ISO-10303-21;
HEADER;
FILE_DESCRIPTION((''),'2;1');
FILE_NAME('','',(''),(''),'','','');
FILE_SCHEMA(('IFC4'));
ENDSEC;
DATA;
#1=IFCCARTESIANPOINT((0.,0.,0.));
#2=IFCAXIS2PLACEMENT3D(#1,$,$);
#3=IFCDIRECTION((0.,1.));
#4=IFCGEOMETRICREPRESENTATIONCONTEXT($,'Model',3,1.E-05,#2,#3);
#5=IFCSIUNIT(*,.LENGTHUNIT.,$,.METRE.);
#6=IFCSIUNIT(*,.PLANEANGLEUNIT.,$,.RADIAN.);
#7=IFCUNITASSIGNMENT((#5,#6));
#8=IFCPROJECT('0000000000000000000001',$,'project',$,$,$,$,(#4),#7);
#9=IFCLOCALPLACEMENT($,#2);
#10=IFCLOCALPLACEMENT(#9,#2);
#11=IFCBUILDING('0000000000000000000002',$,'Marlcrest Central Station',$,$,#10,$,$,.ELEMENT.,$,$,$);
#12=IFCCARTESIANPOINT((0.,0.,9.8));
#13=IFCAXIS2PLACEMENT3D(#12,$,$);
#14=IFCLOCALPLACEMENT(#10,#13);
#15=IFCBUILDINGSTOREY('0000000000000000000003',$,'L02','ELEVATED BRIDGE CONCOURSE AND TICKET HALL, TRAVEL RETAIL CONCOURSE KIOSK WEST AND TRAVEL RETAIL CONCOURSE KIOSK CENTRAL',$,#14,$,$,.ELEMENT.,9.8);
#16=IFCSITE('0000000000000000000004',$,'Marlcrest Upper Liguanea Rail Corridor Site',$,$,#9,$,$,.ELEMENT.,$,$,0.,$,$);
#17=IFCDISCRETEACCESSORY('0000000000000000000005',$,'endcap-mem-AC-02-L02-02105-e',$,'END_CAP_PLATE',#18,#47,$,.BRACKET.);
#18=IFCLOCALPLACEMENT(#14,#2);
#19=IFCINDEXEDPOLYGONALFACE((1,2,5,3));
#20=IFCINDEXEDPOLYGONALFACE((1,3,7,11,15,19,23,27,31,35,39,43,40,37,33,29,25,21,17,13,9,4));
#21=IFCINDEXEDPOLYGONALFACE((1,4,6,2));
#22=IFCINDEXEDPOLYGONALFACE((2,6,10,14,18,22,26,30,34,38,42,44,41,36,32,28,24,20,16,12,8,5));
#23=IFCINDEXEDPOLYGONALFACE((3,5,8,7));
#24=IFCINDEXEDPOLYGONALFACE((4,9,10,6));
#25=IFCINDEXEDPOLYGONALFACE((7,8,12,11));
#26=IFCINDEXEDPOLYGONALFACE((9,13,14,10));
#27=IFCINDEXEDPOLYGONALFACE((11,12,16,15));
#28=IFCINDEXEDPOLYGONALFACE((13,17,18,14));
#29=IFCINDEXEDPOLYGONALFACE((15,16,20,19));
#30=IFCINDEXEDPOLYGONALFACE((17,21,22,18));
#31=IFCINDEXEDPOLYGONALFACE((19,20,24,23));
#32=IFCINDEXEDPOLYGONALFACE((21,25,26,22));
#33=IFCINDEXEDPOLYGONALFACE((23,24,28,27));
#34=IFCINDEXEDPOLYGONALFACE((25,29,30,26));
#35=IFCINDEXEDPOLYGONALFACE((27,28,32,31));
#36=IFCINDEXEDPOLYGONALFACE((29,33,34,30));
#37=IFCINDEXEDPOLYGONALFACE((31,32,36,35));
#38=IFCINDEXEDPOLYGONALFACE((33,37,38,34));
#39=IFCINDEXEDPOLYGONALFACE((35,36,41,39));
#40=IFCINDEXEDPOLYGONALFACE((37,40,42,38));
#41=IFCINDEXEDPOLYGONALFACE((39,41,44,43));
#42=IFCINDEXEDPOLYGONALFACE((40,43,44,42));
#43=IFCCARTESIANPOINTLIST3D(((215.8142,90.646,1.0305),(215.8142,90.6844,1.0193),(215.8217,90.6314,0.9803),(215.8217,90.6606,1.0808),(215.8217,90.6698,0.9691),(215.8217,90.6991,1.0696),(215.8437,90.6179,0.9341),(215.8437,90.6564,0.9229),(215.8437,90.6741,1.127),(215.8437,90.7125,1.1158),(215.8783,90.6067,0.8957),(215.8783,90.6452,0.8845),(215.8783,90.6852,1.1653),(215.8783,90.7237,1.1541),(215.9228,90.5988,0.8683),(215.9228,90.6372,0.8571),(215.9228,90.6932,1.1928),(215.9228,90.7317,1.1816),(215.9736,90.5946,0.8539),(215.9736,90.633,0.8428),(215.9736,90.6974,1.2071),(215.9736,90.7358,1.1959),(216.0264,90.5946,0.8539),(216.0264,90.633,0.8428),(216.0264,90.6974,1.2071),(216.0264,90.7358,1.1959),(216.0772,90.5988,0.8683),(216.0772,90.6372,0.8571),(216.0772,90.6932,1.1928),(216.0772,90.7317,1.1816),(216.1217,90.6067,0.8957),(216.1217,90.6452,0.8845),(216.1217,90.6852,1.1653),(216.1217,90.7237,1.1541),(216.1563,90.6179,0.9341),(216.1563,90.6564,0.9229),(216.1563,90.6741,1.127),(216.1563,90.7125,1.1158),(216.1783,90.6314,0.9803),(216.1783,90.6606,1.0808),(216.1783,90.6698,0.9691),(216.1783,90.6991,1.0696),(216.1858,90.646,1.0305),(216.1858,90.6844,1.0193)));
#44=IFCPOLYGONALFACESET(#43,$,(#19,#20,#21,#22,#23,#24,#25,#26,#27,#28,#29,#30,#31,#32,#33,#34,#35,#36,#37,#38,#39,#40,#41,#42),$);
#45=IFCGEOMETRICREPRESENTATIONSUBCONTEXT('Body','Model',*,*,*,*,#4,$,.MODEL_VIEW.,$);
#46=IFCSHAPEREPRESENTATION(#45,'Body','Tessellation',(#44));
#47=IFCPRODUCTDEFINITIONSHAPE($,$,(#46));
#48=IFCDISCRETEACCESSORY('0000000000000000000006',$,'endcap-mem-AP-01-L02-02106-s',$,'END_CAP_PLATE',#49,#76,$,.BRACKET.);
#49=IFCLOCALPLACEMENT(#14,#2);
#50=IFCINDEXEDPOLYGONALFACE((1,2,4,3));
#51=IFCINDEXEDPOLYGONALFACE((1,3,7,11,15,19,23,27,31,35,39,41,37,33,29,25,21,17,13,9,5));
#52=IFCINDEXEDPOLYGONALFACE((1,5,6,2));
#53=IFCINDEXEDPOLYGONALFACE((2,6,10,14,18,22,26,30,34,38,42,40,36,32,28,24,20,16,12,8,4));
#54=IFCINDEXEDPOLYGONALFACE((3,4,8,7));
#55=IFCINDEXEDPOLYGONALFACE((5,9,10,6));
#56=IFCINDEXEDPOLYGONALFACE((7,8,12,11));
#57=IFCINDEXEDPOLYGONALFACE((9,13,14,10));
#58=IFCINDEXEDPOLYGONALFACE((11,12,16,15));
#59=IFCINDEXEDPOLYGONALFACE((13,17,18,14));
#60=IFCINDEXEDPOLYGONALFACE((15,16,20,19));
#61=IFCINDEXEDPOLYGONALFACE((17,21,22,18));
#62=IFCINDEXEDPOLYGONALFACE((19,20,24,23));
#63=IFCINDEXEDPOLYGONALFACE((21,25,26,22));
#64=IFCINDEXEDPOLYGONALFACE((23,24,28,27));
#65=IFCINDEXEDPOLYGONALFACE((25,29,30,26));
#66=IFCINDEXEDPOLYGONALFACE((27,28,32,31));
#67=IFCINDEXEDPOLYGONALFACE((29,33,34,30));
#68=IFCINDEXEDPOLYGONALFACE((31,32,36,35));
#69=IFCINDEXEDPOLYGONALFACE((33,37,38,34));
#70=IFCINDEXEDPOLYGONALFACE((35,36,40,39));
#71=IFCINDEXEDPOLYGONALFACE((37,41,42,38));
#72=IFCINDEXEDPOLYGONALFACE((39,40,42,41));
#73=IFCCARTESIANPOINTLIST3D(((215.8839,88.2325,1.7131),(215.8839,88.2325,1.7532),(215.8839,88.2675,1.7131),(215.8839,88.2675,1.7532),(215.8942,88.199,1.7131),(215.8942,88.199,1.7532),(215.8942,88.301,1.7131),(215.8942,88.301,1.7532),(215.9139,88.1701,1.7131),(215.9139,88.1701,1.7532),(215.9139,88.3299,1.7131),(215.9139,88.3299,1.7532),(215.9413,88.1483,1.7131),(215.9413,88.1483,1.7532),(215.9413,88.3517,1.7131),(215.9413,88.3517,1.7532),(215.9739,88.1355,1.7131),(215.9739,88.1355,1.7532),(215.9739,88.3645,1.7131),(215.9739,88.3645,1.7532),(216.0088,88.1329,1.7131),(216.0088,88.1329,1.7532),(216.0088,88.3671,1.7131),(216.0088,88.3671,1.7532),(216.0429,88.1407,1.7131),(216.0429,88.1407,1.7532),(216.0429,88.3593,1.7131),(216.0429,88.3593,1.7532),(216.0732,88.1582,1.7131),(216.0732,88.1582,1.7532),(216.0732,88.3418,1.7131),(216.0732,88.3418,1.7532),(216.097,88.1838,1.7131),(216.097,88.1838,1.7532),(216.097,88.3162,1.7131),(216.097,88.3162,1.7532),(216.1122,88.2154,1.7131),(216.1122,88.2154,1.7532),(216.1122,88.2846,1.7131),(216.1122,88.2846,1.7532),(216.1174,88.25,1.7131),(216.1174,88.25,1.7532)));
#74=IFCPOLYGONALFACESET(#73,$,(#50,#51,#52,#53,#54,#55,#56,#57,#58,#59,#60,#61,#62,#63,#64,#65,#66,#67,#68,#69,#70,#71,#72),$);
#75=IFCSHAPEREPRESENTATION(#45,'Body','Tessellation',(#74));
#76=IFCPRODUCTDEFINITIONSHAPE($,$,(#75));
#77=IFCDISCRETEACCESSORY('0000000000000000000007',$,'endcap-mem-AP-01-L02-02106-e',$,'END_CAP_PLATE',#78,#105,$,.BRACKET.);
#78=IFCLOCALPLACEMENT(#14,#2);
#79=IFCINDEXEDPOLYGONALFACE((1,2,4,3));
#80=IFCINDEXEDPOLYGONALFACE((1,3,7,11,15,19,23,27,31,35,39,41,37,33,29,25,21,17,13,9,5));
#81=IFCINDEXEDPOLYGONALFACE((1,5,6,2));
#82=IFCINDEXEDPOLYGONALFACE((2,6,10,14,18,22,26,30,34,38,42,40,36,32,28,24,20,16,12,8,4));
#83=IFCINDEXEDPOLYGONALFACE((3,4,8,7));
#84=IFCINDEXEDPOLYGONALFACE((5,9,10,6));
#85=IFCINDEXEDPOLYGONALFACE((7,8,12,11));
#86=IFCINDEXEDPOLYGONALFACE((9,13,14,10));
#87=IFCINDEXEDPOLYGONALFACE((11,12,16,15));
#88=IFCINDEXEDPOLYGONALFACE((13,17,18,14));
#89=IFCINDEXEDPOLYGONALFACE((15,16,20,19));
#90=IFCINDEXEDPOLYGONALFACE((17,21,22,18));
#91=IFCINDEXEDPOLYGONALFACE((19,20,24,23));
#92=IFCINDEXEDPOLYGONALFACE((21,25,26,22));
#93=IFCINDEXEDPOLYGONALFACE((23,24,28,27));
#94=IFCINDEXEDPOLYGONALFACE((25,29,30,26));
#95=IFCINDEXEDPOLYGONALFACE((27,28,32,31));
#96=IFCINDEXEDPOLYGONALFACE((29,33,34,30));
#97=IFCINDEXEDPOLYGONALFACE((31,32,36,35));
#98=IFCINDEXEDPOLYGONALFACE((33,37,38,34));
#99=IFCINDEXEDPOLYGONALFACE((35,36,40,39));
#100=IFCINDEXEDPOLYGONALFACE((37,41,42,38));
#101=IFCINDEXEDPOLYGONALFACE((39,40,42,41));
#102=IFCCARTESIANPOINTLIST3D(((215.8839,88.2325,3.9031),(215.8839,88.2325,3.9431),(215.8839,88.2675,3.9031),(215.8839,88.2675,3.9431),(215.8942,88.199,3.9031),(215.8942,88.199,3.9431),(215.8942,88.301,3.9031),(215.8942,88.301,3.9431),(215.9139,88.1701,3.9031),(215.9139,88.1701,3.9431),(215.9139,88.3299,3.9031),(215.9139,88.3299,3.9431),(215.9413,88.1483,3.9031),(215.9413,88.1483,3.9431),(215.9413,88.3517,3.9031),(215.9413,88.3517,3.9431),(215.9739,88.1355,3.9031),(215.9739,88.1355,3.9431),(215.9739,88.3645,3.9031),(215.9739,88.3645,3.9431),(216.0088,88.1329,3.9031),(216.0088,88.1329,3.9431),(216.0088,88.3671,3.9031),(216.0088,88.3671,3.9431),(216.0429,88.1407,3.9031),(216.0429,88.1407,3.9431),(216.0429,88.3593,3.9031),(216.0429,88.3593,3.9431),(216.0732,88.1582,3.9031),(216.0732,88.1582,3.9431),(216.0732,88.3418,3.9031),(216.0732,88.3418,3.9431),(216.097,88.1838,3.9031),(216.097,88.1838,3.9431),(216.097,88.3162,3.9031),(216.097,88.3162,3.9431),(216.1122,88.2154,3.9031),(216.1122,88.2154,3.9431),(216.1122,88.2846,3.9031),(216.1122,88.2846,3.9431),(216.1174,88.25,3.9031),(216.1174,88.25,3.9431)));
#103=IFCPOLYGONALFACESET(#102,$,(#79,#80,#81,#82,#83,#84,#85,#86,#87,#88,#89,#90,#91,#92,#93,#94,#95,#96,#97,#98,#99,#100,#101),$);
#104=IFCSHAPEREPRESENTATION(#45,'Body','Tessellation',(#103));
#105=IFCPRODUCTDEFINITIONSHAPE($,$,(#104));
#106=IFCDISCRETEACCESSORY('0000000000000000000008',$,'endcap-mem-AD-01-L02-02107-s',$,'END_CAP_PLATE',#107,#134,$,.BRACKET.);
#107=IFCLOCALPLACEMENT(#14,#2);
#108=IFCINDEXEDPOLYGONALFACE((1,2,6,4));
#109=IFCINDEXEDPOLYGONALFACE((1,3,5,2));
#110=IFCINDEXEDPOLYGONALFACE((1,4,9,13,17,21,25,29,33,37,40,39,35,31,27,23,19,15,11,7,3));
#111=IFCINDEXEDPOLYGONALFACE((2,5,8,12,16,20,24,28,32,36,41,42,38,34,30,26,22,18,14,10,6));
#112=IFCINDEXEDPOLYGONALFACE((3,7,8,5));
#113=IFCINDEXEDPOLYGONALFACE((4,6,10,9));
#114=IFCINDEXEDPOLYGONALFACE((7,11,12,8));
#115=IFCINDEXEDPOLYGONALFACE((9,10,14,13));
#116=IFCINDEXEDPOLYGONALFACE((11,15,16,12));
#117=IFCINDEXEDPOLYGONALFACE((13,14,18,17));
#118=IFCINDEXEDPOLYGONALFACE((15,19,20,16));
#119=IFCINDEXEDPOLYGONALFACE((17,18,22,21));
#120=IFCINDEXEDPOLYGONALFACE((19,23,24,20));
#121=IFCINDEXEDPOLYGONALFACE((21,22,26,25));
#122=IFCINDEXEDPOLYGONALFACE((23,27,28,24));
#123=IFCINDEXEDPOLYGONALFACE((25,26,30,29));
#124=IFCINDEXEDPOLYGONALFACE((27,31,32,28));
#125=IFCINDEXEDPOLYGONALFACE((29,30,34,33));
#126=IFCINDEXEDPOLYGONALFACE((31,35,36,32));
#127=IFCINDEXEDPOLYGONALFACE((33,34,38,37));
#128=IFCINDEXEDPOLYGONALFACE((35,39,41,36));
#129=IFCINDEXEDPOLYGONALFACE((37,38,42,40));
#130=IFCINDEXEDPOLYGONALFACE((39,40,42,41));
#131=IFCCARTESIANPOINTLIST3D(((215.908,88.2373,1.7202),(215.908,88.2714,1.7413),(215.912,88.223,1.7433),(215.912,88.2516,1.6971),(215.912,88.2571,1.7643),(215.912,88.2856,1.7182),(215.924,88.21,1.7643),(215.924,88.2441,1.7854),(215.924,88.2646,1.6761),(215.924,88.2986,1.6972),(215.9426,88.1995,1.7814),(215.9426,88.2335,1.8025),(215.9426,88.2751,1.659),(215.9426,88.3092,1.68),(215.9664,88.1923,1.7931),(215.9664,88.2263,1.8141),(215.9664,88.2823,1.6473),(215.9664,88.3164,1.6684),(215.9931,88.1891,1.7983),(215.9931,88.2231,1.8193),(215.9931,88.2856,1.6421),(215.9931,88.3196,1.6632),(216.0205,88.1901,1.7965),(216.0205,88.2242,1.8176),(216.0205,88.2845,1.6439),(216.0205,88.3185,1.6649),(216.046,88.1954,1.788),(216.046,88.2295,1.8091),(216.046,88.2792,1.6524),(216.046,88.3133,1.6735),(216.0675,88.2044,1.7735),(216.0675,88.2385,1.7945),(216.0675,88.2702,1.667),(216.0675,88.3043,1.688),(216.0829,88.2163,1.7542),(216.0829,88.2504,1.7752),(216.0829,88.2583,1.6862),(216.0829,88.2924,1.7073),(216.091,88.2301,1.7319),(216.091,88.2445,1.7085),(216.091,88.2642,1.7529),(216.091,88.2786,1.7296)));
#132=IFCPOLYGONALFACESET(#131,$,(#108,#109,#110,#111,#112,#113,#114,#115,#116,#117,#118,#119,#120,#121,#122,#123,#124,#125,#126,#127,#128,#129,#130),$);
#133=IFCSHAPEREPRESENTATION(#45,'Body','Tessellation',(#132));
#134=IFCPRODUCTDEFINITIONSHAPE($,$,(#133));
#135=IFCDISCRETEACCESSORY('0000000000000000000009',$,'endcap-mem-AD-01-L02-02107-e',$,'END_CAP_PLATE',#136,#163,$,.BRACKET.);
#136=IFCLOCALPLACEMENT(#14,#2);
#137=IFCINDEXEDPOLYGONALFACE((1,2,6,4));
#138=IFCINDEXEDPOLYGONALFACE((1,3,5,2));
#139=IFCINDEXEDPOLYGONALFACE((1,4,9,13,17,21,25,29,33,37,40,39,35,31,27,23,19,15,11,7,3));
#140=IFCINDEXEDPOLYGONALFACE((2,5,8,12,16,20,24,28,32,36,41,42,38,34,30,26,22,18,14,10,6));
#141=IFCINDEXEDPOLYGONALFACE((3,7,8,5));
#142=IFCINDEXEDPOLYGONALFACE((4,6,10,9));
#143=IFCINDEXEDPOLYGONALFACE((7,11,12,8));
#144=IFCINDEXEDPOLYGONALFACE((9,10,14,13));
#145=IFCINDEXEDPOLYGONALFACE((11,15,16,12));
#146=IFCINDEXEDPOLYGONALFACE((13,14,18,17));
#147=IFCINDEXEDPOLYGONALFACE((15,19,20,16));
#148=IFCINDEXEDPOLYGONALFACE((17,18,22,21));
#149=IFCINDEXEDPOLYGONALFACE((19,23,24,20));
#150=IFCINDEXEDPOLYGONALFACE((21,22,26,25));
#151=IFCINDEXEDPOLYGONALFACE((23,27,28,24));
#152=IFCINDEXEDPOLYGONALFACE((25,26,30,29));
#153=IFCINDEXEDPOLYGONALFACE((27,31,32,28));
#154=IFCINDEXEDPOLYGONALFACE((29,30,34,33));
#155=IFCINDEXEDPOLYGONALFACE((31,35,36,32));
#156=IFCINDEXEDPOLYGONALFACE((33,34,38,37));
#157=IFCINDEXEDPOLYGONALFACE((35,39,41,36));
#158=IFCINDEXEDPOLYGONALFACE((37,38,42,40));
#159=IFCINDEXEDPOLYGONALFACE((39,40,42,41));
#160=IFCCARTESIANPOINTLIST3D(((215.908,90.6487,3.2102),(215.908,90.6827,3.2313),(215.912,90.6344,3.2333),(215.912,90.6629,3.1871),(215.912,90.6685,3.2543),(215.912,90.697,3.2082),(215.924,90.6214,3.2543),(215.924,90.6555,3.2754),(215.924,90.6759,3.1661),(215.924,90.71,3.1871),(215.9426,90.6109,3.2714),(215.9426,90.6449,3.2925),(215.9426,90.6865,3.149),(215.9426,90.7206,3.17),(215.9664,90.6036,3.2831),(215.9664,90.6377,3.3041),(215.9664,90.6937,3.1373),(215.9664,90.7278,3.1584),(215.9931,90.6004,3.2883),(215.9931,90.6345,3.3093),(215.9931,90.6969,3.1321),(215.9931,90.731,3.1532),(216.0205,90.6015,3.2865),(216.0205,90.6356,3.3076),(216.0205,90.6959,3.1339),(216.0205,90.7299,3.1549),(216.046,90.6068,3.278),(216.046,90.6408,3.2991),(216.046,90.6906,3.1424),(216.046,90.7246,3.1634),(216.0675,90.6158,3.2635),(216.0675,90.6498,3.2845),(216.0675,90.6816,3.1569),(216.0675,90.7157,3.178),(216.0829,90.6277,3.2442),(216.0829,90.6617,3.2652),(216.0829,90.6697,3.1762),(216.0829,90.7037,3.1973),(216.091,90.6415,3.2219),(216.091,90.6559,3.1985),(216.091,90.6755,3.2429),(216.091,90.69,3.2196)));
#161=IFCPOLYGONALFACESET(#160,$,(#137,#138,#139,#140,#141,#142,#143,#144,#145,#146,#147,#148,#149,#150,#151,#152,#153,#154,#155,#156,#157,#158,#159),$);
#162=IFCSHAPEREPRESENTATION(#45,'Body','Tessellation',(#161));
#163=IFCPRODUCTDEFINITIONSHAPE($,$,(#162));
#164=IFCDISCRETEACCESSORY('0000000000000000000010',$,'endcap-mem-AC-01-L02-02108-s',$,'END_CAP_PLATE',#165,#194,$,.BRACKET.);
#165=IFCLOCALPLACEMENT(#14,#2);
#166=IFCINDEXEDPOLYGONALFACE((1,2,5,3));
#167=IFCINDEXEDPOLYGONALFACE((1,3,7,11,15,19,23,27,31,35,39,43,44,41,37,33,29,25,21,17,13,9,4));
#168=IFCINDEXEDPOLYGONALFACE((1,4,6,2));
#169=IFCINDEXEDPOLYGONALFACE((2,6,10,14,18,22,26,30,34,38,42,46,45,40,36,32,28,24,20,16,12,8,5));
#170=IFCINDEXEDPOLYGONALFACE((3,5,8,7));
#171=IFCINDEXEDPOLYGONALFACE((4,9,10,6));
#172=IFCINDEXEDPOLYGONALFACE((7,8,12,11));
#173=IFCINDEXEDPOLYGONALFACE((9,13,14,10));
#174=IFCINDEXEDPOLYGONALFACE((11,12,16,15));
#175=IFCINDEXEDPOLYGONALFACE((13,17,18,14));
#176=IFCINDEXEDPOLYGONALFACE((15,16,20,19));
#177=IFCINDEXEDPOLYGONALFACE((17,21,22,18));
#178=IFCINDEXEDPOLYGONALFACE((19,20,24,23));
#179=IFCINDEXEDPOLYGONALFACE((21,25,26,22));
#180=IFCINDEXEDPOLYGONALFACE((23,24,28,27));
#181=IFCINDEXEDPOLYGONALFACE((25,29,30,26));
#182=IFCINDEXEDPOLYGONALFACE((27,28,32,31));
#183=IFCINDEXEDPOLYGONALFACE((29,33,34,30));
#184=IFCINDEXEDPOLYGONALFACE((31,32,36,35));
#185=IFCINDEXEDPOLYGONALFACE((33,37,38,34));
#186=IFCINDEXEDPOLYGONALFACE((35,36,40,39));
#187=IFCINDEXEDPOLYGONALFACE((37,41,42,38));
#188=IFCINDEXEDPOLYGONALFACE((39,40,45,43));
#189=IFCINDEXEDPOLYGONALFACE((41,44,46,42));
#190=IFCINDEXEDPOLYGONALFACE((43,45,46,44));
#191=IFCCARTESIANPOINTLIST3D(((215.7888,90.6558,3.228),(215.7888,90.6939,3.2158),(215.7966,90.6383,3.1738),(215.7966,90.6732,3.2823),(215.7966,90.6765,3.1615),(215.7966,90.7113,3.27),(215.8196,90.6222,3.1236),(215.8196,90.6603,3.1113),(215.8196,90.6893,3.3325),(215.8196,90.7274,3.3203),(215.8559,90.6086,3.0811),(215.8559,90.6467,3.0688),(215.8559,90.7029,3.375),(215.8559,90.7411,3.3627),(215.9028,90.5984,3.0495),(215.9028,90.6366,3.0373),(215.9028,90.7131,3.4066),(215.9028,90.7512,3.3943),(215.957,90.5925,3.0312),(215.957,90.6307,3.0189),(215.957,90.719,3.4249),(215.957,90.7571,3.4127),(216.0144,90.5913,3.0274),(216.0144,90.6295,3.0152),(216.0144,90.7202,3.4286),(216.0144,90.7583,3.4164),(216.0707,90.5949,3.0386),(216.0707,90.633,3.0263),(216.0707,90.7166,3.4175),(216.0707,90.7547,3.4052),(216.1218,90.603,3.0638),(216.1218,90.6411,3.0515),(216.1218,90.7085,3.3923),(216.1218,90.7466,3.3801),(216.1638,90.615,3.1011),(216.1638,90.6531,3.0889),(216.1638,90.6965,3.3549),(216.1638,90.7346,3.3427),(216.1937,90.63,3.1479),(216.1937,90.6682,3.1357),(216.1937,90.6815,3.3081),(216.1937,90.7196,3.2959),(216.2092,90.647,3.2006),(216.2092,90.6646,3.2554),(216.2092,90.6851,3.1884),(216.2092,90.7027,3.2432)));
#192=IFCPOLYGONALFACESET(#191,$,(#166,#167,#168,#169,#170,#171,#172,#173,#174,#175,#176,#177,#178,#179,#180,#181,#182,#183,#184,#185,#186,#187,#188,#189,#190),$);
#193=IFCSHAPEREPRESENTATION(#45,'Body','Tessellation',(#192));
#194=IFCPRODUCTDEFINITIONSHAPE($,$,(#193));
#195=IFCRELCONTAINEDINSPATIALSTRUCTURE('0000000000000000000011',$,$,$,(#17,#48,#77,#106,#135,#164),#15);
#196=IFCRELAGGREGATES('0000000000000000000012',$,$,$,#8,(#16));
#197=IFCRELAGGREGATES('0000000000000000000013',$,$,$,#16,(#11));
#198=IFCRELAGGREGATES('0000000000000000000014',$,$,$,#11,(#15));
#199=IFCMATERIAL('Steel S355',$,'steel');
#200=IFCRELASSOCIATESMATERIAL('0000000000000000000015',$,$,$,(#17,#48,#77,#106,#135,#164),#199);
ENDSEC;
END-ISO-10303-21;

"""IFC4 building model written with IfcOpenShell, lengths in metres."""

from ifc_helpers import new_model, si_unit, direction, frame, origin, origin_2d, place, context, subcontext, project, spatial, circle, extrude, material, element, save


model = new_model("IFC4")

# Units and contexts
model_context = context("Model", 3, precision=1e-05, world=origin(), true_north=direction((0.0, 1.0)))
body_context = subcontext(model_context, "Body", "Model", "MODEL_VIEW")
ifc_project = project(units=[si_unit("LENGTHUNIT", "METRE"), si_unit("PLANEANGLEUNIT", "RADIAN")], contexts=[model_context])

# Site, building, storey
site_placement = place(None, origin())
site = spatial("IfcSite", under=ifc_project, at=site_placement, Name="Marlcrest Upper Liguanea Rail Corridor Site", CompositionType="ELEMENT", RefElevation=0.0)
building_placement = place(site_placement, origin())
building = spatial("IfcBuilding", under=site, at=building_placement, Name="Marlcrest Central Station", CompositionType="ELEMENT")
storey_placement = place(building_placement, frame((0.0, 0.0, 9.8)))
storey = spatial("IfcBuildingStorey", under=building, at=storey_placement, Name="L02", Description="ELEVATED BRIDGE CONCOURSE AND TICKET HALL, TRAVEL RETAIL CONCOURSE KIOSK WEST AND TRAVEL RETAIL CONCOURSE KIOSK CENTRAL", CompositionType="ELEMENT", Elevation=9.8)

# Shared definitions
ifc_material = material(Name="Steel S355", Category="steel")

# Discrete accessories
for number, where, z_axis, x_axis, name in (
    (1, (216.0, 90.646, 1.0305), (0.0, 0.96013, -0.279554), (-1.0, 0.0, 0.0), "endcap-mem-AC-02-L02-02105-e"),
):
    element("IfcDiscreteAccessory", number, at=place(storey_placement, frame(where, z_axis=z_axis, x_axis=x_axis)), inside=storey, material=ifc_material, Name=name, ObjectType="END_CAP_PLATE", PredefinedType="BRACKET", context=body_context, shape_type="SweptSolid", body=[
        extrude(circle(Radius=0.1858, at=origin_2d()), origin(), (0.0, 0.0, 1.0), 0.04),
    ])
for number, where, z_axis, x_axis, name in (
    (2, (216.0, 88.25, 1.7131), (0.0, 0.0, 1.0), (1.0, 0.0, 0.0), "endcap-mem-AP-01-L02-02106-s"),
    (3, (216.0, 88.25, 3.9031), (0.0, 0.0, 1.0), (1.0, 0.0, 0.0), "endcap-mem-AP-01-L02-02106-e"),
):
    element("IfcDiscreteAccessory", number, at=place(storey_placement, frame(where, z_axis=z_axis, x_axis=x_axis)), inside=storey, material=ifc_material, Name=name, ObjectType="END_CAP_PLATE", PredefinedType="BRACKET", context=body_context, shape_type="SweptSolid", body=[
        extrude(circle(Radius=0.1174, at=origin_2d()), origin(), (0.0, 0.0, 1.0), 0.04),
    ])
for number, where, z_axis, x_axis, name in (
    (4, (216.0, 88.2373, 1.7202), (0.0, 0.850687, 0.525672), (-1.0, 0.0, 0.0), "endcap-mem-AD-01-L02-02107-s"),
    (5, (216.0, 90.6487, 3.2102), (0.0, 0.850687, 0.525672), (-1.0, 0.0, 0.0), "endcap-mem-AD-01-L02-02107-e"),
):
    element("IfcDiscreteAccessory", number, at=place(storey_placement, frame(where, z_axis=z_axis, x_axis=x_axis)), inside=storey, material=ifc_material, Name=name, ObjectType="END_CAP_PLATE", PredefinedType="BRACKET", context=body_context, shape_type="SweptSolid", body=[
        extrude(circle(Radius=0.092, at=origin_2d()), origin(), (0.0, 0.0, 1.0), 0.04),
    ])
discrete_accessory_1_placement = place(storey_placement, frame((216.0, 90.6558, 3.228), z_axis=(0.0, 0.952117, -0.305734), x_axis=(-1.0, 0.0, 0.0)))
element("IfcDiscreteAccessory", 6, at=discrete_accessory_1_placement, inside=storey, material=ifc_material, Name="endcap-mem-AC-01-L02-02108-s", ObjectType="END_CAP_PLATE", PredefinedType="BRACKET", context=body_context, shape_type="SweptSolid", body=[
    extrude(circle(Radius=0.2112, at=origin_2d()), origin(), (0.0, 0.0, 1.0), 0.04),
])

save(model, "model.ifc")
